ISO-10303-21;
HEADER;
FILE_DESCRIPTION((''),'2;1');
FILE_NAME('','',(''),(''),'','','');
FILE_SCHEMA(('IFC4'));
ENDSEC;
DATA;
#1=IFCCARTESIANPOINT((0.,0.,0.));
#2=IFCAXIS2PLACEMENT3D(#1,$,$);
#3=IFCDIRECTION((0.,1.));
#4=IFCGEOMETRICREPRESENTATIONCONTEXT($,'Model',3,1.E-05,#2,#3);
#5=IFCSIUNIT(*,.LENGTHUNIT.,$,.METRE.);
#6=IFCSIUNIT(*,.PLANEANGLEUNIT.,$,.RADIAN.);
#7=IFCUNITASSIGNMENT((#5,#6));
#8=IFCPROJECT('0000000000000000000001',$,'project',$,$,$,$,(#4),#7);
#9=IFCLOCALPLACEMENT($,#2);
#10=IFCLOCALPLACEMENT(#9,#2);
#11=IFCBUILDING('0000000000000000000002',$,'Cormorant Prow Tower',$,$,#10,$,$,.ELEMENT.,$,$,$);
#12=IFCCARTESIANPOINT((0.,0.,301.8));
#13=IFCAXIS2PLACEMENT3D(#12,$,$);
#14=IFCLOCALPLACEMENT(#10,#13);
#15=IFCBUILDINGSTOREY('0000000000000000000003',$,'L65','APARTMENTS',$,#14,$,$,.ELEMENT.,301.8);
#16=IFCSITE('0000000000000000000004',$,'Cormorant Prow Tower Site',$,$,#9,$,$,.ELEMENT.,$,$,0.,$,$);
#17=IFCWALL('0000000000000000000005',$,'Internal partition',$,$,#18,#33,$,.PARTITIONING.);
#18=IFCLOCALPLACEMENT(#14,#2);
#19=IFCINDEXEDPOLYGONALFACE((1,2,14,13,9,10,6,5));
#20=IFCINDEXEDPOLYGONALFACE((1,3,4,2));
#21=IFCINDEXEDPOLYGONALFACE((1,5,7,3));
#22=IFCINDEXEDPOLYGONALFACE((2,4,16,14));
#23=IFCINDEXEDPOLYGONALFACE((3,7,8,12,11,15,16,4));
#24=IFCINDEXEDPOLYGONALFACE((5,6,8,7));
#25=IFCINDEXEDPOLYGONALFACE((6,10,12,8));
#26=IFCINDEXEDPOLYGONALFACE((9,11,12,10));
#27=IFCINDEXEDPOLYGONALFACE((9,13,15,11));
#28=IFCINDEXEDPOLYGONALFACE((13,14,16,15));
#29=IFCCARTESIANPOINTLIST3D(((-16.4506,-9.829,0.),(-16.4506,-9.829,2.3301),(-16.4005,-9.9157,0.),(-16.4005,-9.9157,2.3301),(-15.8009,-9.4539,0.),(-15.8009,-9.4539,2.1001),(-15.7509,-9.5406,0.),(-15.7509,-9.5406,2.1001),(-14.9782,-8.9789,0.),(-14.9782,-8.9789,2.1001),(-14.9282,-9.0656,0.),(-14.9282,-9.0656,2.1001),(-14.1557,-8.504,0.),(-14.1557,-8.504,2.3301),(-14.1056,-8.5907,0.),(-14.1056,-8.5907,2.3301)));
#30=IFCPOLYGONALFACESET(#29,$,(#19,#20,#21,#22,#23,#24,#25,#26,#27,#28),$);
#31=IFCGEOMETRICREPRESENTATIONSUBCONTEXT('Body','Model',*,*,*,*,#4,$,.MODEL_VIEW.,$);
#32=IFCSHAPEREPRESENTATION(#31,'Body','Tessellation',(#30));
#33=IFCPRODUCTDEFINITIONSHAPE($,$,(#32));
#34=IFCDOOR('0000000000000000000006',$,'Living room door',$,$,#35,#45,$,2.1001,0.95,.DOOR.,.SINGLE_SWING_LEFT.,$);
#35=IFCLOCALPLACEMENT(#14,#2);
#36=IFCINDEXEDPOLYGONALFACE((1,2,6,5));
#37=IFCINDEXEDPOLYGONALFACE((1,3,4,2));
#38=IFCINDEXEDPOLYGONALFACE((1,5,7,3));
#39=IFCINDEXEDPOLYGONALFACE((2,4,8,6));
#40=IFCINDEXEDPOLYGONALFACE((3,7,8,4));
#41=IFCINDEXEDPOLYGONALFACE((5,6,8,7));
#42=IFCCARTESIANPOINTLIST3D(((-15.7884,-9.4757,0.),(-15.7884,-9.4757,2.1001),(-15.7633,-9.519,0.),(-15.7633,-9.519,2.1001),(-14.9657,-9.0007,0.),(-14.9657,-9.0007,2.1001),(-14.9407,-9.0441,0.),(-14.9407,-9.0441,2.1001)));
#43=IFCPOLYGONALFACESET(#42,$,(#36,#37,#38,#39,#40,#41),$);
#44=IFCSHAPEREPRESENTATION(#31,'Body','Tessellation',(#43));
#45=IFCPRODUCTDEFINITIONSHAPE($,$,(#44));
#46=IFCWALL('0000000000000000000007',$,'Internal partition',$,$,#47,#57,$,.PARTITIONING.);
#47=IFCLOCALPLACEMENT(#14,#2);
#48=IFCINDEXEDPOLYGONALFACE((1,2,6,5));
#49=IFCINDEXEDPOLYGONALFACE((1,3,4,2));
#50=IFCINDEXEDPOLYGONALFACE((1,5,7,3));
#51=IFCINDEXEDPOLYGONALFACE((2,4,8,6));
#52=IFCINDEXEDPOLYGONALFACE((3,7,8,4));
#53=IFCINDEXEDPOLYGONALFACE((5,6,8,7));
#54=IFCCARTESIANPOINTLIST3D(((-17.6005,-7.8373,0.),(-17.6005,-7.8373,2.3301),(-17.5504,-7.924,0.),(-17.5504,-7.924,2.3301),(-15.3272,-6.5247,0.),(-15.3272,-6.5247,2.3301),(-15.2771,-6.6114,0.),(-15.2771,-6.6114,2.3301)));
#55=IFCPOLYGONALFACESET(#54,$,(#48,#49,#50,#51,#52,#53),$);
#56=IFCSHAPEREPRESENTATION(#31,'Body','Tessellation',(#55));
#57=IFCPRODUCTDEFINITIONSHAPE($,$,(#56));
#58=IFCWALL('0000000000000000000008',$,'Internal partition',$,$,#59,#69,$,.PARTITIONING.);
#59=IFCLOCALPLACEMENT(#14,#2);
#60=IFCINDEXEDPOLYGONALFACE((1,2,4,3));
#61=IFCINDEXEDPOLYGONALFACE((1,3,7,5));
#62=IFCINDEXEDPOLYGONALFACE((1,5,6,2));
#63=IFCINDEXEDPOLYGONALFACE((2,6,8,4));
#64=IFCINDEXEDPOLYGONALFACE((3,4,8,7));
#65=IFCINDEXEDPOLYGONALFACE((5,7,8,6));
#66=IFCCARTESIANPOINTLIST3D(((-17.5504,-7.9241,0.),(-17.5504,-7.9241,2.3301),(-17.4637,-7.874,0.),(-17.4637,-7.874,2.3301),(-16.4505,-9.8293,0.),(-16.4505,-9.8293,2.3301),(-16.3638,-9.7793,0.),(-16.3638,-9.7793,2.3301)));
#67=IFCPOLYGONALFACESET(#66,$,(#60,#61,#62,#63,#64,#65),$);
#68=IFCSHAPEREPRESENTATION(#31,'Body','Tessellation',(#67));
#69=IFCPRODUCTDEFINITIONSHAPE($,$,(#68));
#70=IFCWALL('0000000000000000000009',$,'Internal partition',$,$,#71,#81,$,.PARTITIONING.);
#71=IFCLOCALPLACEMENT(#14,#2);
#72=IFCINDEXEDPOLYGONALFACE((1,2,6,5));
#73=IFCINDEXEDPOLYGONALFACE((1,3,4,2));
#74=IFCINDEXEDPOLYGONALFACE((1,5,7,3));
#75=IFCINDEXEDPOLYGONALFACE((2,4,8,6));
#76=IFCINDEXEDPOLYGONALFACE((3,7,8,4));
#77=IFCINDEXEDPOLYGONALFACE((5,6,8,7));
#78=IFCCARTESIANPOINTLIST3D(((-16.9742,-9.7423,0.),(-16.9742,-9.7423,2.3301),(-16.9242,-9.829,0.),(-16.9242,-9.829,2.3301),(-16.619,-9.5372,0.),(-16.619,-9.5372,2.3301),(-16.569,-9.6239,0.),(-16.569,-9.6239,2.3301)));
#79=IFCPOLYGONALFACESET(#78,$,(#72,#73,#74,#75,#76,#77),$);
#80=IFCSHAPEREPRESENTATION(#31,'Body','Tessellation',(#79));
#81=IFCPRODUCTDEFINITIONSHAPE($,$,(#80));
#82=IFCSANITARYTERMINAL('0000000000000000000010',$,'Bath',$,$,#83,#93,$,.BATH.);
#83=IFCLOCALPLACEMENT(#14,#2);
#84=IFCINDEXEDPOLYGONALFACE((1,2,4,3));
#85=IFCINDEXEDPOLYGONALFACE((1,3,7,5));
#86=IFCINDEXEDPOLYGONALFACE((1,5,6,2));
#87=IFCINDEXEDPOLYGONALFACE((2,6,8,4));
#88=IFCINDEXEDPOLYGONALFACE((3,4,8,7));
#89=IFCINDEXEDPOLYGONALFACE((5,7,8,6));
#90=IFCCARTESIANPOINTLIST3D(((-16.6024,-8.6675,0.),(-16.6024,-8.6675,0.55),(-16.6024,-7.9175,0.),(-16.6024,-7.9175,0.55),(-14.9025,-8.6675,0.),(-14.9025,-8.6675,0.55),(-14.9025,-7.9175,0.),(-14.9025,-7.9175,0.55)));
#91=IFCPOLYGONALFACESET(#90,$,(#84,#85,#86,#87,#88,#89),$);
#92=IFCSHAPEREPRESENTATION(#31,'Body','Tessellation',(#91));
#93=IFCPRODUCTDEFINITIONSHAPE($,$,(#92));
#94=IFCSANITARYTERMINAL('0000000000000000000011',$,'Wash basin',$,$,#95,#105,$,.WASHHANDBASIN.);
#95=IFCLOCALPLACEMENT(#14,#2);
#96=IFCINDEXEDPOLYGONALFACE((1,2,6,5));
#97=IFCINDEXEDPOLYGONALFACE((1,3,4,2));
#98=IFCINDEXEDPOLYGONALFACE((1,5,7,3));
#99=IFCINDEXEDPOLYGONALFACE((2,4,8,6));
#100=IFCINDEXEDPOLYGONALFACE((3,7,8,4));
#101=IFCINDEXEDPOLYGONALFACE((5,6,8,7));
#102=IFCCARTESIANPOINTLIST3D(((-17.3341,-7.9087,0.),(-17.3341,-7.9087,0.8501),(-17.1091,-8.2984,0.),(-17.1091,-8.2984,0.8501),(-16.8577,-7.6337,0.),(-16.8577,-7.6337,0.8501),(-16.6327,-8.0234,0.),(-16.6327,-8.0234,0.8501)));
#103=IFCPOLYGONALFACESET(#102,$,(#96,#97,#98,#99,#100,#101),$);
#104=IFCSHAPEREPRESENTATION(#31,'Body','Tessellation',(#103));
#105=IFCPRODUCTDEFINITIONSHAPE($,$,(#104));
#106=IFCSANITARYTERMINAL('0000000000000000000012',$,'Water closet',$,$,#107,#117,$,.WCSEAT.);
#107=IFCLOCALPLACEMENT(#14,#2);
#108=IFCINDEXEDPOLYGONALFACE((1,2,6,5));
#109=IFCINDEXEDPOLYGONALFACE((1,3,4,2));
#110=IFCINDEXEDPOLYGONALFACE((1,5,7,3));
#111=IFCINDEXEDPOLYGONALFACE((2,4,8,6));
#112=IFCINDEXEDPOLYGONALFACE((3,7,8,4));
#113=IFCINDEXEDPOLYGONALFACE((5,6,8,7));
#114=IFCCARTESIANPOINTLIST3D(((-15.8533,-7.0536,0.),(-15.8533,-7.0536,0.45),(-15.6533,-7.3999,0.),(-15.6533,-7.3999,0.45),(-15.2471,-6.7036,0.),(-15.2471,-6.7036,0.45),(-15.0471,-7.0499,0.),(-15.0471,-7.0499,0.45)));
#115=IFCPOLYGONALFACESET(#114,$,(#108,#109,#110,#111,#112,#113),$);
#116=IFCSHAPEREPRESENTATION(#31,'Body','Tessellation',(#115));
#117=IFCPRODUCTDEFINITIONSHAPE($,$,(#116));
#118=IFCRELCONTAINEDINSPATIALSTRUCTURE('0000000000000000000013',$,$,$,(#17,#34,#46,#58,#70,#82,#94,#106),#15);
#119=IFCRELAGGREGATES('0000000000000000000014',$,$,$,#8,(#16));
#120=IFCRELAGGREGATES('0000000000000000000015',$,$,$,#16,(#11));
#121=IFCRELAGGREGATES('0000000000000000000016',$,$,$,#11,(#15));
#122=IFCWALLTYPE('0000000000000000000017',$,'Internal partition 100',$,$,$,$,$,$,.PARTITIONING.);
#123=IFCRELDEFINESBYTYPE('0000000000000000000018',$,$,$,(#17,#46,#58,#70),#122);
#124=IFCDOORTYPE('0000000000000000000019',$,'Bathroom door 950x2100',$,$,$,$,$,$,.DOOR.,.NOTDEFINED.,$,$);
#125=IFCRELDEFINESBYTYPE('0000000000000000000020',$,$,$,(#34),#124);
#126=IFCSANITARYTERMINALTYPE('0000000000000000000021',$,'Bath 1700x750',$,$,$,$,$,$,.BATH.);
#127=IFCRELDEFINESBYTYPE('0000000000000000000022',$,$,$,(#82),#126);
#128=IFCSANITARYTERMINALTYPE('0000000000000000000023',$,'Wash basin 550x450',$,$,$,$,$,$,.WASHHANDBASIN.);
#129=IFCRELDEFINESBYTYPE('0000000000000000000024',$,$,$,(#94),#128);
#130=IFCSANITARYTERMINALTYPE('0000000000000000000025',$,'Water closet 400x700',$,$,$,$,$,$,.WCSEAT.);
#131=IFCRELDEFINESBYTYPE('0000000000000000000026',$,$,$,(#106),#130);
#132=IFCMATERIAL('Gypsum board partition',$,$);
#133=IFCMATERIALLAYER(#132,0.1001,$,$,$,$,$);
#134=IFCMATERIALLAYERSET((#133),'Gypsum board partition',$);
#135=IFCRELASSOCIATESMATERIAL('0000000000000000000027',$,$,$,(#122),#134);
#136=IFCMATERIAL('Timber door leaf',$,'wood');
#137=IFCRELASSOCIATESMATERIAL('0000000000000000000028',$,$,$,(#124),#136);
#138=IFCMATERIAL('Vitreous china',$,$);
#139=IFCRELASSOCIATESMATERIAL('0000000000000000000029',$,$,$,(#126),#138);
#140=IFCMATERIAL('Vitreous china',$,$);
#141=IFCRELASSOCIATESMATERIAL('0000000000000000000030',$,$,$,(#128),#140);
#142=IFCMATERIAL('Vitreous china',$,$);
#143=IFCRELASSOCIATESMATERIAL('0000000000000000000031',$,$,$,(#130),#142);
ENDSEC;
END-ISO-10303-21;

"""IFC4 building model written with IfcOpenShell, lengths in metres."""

from ifc_helpers import new_model, si_unit, direction, frame, frame_2d, origin, origin_2d, place, context, subcontext, project, spatial, rectangle, extrude, material, layer, layer_set, type_object, element, fill, save


model = new_model("IFC4")

# Units and contexts
model_context = context("Model", 3, precision=1e-05, world=origin(), true_north=direction((0.0, 1.0)))
body_context = subcontext(model_context, "Body", "Model", "MODEL_VIEW")
ifc_project = project(units=[si_unit("LENGTHUNIT", "METRE"), si_unit("PLANEANGLEUNIT", "RADIAN")], contexts=[model_context])

# Site, building, storey
site_placement = place(None, origin())
site = spatial("IfcSite", under=ifc_project, at=site_placement, Name="Cormorant Prow Tower Site", CompositionType="ELEMENT", RefElevation=0.0)
building_placement = place(site_placement, origin())
building = spatial("IfcBuilding", under=site, at=building_placement, Name="Cormorant Prow Tower", CompositionType="ELEMENT")
storey_placement = place(building_placement, frame((0.0, 0.0, 301.8)))
storey = spatial("IfcBuildingStorey", under=building, at=storey_placement, Name="L65", Description="APARTMENTS", CompositionType="ELEMENT", Elevation=301.8)

# Wall, opening, door
ifc_material_1 = material(Name="Gypsum board partition")
ifc_layer = layer(ifc_material_1, 0.1001)
ifc_layer_set = layer_set([ifc_layer], Name="Gypsum board partition")
wall_type = type_object("IfcWallType", Name="Internal partition 100", PredefinedType="PARTITIONING", material=ifc_layer_set)
ifc_material_2 = material(Name="Timber door leaf", Category="wood")
door_type = type_object("IfcDoorType", Name="Bathroom door 950x2100", OperationType="NOTDEFINED", PredefinedType="DOOR", material=ifc_material_2)
wall_1_placement = place(storey_placement, frame((-16.4255, -9.8723, 0.0), z_axis=(0.0, 0.0, 1.0), x_axis=(0.866029, 0.499994, 0.0)))
wall_1 = element("IfcWall", 1, at=wall_1_placement, inside=storey, type_object=wall_type, Name="Internal partition", PredefinedType="PARTITIONING", context=body_context, shape_type="SweptSolid", body=[
    extrude(rectangle(XDim=2.6499, YDim=0.1001, at=frame_2d((1.325, 0.0))), origin(), (0.0, 0.0, 1.0), 2.3301),
])
opening_1_placement = place(wall_1_placement, frame((0.75, 0.0, 0.0)))
opening_1 = element("IfcOpeningElement", 2, at=opening_1_placement, cuts=wall_1, PredefinedType="OPENING", context=body_context, shape_type="SweptSolid", body=[
    extrude(rectangle(XDim=0.95, YDim=2.1001, at=frame_2d((0.4751, 1.05))), frame((0.0, 0.0601, 0.0), z_axis=(0.0, -1.0, 0.0), x_axis=(1.0, 0.0, 0.0)), (0.0, 0.0, 1.0), 0.1201),
])
door_1_placement = place(opening_1_placement, origin())
door_1 = element("IfcDoor", 3, at=door_1_placement, inside=storey, type_object=door_type, Name="Living room door", OperationType="SINGLE_SWING_LEFT", OverallHeight=2.1001, OverallWidth=0.95, PredefinedType="DOOR", context=body_context, shape_type="SweptSolid", body=[
    extrude(rectangle(XDim=0.95, YDim=2.1001, at=frame_2d((0.4751, 1.05))), frame((0.0, 0.0249, 0.0), z_axis=(0.0, -1.0, 0.0), x_axis=(1.0, 0.0, 0.0)), (0.0, 0.0, 1.0), 0.05),
])
fill(opening_1, door_1)

# Walls
wall_2_placement = place(storey_placement, frame((-17.5754, -7.8806, 0.0), z_axis=(0.0, 0.0, 1.0), x_axis=(0.866014, 0.50002, 0.0)))
element("IfcWall", 4, at=wall_2_placement, inside=storey, type_object=wall_type, Name="Internal partition", PredefinedType="PARTITIONING", context=body_context, shape_type="SweptSolid", body=[
    extrude(rectangle(XDim=2.625, YDim=0.1001, at=frame_2d((1.3125, 0.0))), origin(), (0.0, 0.0, 1.0), 2.3301),
])
wall_3_placement = place(storey_placement, frame((-17.5071, -7.8989, 0.0), z_axis=(0.0, 0.0, 1.0), x_axis=(0.499947, -0.866056, 0.0)))
element("IfcWall", 5, at=wall_3_placement, inside=storey, type_object=wall_type, Name="Internal partition", PredefinedType="PARTITIONING", context=body_context, shape_type="SweptSolid", body=[
    extrude(rectangle(XDim=2.2, YDim=0.1001, at=frame_2d((1.1001, 0.0))), origin(), (0.0, 0.0, 1.0), 2.3301),
])
wall_4_placement = place(storey_placement, frame((-16.9492, -9.7856, 0.0), z_axis=(0.0, 0.0, 1.0), x_axis=(0.866037, 0.49998, 0.0)))
element("IfcWall", 6, at=wall_4_placement, inside=storey, type_object=wall_type, Name="Internal partition", PredefinedType="PARTITIONING", context=body_context, shape_type="SweptSolid", body=[
    extrude(rectangle(XDim=0.4102, YDim=0.1001, at=frame_2d((0.2051, 0.0))), origin(), (0.0, 0.0, 1.0), 2.3301),
])

# Sanitary terminals
ifc_material_3 = material(Name="Vitreous china")
sanitary_terminal_type_1 = type_object("IfcSanitaryTerminalType", Name="Bath 1700x750", PredefinedType="BATH", material=ifc_material_3)
sanitary_terminal_1_placement = place(storey_placement, frame((-15.7524, -8.2925, 0.0), z_axis=(0.0, 0.0, 1.0), x_axis=(1.0, 0.0, 0.0)))
element("IfcSanitaryTerminal", 7, at=sanitary_terminal_1_placement, inside=storey, type_object=sanitary_terminal_type_1, Name="Bath", PredefinedType="BATH", context=body_context, shape_type="SweptSolid", body=[
    extrude(rectangle(XDim=1.7, YDim=0.75, at=origin_2d()), origin(), (0.0, 0.0, 1.0), 0.55),
])
ifc_material_4 = material(Name="Vitreous china")
sanitary_terminal_type_2 = type_object("IfcSanitaryTerminalType", Name="Wash basin 550x450", PredefinedType="WASHHANDBASIN", material=ifc_material_4)
sanitary_terminal_2_placement = place(storey_placement, frame((-16.9834, -7.9661, 0.0), z_axis=(0.0, 0.0, 1.0), x_axis=(0.866025, 0.5, 0.0)))
element("IfcSanitaryTerminal", 8, at=sanitary_terminal_2_placement, inside=storey, type_object=sanitary_terminal_type_2, Name="Wash basin", PredefinedType="WASHHANDBASIN", context=body_context, shape_type="SweptSolid", body=[
    extrude(rectangle(XDim=0.55, YDim=0.45, at=origin_2d()), origin(), (0.0, 0.0, 1.0), 0.8501),
])
ifc_material_5 = material(Name="Vitreous china")
sanitary_terminal_type_3 = type_object("IfcSanitaryTerminalType", Name="Water closet 400x700", PredefinedType="WCSEAT", material=ifc_material_5)
sanitary_terminal_3_placement = place(storey_placement, frame((-15.4502, -7.0518, 0.0), z_axis=(0.0, 0.0, 1.0), x_axis=(0.5, -0.866025, 0.0)))
element("IfcSanitaryTerminal", 9, at=sanitary_terminal_3_placement, inside=storey, type_object=sanitary_terminal_type_3, Name="Water closet", PredefinedType="WCSEAT", context=body_context, shape_type="SweptSolid", body=[
    extrude(rectangle(XDim=0.3999, YDim=0.7, at=origin_2d()), origin(), (0.0, 0.0, 1.0), 0.45),
])

save(model, "model.ifc")
